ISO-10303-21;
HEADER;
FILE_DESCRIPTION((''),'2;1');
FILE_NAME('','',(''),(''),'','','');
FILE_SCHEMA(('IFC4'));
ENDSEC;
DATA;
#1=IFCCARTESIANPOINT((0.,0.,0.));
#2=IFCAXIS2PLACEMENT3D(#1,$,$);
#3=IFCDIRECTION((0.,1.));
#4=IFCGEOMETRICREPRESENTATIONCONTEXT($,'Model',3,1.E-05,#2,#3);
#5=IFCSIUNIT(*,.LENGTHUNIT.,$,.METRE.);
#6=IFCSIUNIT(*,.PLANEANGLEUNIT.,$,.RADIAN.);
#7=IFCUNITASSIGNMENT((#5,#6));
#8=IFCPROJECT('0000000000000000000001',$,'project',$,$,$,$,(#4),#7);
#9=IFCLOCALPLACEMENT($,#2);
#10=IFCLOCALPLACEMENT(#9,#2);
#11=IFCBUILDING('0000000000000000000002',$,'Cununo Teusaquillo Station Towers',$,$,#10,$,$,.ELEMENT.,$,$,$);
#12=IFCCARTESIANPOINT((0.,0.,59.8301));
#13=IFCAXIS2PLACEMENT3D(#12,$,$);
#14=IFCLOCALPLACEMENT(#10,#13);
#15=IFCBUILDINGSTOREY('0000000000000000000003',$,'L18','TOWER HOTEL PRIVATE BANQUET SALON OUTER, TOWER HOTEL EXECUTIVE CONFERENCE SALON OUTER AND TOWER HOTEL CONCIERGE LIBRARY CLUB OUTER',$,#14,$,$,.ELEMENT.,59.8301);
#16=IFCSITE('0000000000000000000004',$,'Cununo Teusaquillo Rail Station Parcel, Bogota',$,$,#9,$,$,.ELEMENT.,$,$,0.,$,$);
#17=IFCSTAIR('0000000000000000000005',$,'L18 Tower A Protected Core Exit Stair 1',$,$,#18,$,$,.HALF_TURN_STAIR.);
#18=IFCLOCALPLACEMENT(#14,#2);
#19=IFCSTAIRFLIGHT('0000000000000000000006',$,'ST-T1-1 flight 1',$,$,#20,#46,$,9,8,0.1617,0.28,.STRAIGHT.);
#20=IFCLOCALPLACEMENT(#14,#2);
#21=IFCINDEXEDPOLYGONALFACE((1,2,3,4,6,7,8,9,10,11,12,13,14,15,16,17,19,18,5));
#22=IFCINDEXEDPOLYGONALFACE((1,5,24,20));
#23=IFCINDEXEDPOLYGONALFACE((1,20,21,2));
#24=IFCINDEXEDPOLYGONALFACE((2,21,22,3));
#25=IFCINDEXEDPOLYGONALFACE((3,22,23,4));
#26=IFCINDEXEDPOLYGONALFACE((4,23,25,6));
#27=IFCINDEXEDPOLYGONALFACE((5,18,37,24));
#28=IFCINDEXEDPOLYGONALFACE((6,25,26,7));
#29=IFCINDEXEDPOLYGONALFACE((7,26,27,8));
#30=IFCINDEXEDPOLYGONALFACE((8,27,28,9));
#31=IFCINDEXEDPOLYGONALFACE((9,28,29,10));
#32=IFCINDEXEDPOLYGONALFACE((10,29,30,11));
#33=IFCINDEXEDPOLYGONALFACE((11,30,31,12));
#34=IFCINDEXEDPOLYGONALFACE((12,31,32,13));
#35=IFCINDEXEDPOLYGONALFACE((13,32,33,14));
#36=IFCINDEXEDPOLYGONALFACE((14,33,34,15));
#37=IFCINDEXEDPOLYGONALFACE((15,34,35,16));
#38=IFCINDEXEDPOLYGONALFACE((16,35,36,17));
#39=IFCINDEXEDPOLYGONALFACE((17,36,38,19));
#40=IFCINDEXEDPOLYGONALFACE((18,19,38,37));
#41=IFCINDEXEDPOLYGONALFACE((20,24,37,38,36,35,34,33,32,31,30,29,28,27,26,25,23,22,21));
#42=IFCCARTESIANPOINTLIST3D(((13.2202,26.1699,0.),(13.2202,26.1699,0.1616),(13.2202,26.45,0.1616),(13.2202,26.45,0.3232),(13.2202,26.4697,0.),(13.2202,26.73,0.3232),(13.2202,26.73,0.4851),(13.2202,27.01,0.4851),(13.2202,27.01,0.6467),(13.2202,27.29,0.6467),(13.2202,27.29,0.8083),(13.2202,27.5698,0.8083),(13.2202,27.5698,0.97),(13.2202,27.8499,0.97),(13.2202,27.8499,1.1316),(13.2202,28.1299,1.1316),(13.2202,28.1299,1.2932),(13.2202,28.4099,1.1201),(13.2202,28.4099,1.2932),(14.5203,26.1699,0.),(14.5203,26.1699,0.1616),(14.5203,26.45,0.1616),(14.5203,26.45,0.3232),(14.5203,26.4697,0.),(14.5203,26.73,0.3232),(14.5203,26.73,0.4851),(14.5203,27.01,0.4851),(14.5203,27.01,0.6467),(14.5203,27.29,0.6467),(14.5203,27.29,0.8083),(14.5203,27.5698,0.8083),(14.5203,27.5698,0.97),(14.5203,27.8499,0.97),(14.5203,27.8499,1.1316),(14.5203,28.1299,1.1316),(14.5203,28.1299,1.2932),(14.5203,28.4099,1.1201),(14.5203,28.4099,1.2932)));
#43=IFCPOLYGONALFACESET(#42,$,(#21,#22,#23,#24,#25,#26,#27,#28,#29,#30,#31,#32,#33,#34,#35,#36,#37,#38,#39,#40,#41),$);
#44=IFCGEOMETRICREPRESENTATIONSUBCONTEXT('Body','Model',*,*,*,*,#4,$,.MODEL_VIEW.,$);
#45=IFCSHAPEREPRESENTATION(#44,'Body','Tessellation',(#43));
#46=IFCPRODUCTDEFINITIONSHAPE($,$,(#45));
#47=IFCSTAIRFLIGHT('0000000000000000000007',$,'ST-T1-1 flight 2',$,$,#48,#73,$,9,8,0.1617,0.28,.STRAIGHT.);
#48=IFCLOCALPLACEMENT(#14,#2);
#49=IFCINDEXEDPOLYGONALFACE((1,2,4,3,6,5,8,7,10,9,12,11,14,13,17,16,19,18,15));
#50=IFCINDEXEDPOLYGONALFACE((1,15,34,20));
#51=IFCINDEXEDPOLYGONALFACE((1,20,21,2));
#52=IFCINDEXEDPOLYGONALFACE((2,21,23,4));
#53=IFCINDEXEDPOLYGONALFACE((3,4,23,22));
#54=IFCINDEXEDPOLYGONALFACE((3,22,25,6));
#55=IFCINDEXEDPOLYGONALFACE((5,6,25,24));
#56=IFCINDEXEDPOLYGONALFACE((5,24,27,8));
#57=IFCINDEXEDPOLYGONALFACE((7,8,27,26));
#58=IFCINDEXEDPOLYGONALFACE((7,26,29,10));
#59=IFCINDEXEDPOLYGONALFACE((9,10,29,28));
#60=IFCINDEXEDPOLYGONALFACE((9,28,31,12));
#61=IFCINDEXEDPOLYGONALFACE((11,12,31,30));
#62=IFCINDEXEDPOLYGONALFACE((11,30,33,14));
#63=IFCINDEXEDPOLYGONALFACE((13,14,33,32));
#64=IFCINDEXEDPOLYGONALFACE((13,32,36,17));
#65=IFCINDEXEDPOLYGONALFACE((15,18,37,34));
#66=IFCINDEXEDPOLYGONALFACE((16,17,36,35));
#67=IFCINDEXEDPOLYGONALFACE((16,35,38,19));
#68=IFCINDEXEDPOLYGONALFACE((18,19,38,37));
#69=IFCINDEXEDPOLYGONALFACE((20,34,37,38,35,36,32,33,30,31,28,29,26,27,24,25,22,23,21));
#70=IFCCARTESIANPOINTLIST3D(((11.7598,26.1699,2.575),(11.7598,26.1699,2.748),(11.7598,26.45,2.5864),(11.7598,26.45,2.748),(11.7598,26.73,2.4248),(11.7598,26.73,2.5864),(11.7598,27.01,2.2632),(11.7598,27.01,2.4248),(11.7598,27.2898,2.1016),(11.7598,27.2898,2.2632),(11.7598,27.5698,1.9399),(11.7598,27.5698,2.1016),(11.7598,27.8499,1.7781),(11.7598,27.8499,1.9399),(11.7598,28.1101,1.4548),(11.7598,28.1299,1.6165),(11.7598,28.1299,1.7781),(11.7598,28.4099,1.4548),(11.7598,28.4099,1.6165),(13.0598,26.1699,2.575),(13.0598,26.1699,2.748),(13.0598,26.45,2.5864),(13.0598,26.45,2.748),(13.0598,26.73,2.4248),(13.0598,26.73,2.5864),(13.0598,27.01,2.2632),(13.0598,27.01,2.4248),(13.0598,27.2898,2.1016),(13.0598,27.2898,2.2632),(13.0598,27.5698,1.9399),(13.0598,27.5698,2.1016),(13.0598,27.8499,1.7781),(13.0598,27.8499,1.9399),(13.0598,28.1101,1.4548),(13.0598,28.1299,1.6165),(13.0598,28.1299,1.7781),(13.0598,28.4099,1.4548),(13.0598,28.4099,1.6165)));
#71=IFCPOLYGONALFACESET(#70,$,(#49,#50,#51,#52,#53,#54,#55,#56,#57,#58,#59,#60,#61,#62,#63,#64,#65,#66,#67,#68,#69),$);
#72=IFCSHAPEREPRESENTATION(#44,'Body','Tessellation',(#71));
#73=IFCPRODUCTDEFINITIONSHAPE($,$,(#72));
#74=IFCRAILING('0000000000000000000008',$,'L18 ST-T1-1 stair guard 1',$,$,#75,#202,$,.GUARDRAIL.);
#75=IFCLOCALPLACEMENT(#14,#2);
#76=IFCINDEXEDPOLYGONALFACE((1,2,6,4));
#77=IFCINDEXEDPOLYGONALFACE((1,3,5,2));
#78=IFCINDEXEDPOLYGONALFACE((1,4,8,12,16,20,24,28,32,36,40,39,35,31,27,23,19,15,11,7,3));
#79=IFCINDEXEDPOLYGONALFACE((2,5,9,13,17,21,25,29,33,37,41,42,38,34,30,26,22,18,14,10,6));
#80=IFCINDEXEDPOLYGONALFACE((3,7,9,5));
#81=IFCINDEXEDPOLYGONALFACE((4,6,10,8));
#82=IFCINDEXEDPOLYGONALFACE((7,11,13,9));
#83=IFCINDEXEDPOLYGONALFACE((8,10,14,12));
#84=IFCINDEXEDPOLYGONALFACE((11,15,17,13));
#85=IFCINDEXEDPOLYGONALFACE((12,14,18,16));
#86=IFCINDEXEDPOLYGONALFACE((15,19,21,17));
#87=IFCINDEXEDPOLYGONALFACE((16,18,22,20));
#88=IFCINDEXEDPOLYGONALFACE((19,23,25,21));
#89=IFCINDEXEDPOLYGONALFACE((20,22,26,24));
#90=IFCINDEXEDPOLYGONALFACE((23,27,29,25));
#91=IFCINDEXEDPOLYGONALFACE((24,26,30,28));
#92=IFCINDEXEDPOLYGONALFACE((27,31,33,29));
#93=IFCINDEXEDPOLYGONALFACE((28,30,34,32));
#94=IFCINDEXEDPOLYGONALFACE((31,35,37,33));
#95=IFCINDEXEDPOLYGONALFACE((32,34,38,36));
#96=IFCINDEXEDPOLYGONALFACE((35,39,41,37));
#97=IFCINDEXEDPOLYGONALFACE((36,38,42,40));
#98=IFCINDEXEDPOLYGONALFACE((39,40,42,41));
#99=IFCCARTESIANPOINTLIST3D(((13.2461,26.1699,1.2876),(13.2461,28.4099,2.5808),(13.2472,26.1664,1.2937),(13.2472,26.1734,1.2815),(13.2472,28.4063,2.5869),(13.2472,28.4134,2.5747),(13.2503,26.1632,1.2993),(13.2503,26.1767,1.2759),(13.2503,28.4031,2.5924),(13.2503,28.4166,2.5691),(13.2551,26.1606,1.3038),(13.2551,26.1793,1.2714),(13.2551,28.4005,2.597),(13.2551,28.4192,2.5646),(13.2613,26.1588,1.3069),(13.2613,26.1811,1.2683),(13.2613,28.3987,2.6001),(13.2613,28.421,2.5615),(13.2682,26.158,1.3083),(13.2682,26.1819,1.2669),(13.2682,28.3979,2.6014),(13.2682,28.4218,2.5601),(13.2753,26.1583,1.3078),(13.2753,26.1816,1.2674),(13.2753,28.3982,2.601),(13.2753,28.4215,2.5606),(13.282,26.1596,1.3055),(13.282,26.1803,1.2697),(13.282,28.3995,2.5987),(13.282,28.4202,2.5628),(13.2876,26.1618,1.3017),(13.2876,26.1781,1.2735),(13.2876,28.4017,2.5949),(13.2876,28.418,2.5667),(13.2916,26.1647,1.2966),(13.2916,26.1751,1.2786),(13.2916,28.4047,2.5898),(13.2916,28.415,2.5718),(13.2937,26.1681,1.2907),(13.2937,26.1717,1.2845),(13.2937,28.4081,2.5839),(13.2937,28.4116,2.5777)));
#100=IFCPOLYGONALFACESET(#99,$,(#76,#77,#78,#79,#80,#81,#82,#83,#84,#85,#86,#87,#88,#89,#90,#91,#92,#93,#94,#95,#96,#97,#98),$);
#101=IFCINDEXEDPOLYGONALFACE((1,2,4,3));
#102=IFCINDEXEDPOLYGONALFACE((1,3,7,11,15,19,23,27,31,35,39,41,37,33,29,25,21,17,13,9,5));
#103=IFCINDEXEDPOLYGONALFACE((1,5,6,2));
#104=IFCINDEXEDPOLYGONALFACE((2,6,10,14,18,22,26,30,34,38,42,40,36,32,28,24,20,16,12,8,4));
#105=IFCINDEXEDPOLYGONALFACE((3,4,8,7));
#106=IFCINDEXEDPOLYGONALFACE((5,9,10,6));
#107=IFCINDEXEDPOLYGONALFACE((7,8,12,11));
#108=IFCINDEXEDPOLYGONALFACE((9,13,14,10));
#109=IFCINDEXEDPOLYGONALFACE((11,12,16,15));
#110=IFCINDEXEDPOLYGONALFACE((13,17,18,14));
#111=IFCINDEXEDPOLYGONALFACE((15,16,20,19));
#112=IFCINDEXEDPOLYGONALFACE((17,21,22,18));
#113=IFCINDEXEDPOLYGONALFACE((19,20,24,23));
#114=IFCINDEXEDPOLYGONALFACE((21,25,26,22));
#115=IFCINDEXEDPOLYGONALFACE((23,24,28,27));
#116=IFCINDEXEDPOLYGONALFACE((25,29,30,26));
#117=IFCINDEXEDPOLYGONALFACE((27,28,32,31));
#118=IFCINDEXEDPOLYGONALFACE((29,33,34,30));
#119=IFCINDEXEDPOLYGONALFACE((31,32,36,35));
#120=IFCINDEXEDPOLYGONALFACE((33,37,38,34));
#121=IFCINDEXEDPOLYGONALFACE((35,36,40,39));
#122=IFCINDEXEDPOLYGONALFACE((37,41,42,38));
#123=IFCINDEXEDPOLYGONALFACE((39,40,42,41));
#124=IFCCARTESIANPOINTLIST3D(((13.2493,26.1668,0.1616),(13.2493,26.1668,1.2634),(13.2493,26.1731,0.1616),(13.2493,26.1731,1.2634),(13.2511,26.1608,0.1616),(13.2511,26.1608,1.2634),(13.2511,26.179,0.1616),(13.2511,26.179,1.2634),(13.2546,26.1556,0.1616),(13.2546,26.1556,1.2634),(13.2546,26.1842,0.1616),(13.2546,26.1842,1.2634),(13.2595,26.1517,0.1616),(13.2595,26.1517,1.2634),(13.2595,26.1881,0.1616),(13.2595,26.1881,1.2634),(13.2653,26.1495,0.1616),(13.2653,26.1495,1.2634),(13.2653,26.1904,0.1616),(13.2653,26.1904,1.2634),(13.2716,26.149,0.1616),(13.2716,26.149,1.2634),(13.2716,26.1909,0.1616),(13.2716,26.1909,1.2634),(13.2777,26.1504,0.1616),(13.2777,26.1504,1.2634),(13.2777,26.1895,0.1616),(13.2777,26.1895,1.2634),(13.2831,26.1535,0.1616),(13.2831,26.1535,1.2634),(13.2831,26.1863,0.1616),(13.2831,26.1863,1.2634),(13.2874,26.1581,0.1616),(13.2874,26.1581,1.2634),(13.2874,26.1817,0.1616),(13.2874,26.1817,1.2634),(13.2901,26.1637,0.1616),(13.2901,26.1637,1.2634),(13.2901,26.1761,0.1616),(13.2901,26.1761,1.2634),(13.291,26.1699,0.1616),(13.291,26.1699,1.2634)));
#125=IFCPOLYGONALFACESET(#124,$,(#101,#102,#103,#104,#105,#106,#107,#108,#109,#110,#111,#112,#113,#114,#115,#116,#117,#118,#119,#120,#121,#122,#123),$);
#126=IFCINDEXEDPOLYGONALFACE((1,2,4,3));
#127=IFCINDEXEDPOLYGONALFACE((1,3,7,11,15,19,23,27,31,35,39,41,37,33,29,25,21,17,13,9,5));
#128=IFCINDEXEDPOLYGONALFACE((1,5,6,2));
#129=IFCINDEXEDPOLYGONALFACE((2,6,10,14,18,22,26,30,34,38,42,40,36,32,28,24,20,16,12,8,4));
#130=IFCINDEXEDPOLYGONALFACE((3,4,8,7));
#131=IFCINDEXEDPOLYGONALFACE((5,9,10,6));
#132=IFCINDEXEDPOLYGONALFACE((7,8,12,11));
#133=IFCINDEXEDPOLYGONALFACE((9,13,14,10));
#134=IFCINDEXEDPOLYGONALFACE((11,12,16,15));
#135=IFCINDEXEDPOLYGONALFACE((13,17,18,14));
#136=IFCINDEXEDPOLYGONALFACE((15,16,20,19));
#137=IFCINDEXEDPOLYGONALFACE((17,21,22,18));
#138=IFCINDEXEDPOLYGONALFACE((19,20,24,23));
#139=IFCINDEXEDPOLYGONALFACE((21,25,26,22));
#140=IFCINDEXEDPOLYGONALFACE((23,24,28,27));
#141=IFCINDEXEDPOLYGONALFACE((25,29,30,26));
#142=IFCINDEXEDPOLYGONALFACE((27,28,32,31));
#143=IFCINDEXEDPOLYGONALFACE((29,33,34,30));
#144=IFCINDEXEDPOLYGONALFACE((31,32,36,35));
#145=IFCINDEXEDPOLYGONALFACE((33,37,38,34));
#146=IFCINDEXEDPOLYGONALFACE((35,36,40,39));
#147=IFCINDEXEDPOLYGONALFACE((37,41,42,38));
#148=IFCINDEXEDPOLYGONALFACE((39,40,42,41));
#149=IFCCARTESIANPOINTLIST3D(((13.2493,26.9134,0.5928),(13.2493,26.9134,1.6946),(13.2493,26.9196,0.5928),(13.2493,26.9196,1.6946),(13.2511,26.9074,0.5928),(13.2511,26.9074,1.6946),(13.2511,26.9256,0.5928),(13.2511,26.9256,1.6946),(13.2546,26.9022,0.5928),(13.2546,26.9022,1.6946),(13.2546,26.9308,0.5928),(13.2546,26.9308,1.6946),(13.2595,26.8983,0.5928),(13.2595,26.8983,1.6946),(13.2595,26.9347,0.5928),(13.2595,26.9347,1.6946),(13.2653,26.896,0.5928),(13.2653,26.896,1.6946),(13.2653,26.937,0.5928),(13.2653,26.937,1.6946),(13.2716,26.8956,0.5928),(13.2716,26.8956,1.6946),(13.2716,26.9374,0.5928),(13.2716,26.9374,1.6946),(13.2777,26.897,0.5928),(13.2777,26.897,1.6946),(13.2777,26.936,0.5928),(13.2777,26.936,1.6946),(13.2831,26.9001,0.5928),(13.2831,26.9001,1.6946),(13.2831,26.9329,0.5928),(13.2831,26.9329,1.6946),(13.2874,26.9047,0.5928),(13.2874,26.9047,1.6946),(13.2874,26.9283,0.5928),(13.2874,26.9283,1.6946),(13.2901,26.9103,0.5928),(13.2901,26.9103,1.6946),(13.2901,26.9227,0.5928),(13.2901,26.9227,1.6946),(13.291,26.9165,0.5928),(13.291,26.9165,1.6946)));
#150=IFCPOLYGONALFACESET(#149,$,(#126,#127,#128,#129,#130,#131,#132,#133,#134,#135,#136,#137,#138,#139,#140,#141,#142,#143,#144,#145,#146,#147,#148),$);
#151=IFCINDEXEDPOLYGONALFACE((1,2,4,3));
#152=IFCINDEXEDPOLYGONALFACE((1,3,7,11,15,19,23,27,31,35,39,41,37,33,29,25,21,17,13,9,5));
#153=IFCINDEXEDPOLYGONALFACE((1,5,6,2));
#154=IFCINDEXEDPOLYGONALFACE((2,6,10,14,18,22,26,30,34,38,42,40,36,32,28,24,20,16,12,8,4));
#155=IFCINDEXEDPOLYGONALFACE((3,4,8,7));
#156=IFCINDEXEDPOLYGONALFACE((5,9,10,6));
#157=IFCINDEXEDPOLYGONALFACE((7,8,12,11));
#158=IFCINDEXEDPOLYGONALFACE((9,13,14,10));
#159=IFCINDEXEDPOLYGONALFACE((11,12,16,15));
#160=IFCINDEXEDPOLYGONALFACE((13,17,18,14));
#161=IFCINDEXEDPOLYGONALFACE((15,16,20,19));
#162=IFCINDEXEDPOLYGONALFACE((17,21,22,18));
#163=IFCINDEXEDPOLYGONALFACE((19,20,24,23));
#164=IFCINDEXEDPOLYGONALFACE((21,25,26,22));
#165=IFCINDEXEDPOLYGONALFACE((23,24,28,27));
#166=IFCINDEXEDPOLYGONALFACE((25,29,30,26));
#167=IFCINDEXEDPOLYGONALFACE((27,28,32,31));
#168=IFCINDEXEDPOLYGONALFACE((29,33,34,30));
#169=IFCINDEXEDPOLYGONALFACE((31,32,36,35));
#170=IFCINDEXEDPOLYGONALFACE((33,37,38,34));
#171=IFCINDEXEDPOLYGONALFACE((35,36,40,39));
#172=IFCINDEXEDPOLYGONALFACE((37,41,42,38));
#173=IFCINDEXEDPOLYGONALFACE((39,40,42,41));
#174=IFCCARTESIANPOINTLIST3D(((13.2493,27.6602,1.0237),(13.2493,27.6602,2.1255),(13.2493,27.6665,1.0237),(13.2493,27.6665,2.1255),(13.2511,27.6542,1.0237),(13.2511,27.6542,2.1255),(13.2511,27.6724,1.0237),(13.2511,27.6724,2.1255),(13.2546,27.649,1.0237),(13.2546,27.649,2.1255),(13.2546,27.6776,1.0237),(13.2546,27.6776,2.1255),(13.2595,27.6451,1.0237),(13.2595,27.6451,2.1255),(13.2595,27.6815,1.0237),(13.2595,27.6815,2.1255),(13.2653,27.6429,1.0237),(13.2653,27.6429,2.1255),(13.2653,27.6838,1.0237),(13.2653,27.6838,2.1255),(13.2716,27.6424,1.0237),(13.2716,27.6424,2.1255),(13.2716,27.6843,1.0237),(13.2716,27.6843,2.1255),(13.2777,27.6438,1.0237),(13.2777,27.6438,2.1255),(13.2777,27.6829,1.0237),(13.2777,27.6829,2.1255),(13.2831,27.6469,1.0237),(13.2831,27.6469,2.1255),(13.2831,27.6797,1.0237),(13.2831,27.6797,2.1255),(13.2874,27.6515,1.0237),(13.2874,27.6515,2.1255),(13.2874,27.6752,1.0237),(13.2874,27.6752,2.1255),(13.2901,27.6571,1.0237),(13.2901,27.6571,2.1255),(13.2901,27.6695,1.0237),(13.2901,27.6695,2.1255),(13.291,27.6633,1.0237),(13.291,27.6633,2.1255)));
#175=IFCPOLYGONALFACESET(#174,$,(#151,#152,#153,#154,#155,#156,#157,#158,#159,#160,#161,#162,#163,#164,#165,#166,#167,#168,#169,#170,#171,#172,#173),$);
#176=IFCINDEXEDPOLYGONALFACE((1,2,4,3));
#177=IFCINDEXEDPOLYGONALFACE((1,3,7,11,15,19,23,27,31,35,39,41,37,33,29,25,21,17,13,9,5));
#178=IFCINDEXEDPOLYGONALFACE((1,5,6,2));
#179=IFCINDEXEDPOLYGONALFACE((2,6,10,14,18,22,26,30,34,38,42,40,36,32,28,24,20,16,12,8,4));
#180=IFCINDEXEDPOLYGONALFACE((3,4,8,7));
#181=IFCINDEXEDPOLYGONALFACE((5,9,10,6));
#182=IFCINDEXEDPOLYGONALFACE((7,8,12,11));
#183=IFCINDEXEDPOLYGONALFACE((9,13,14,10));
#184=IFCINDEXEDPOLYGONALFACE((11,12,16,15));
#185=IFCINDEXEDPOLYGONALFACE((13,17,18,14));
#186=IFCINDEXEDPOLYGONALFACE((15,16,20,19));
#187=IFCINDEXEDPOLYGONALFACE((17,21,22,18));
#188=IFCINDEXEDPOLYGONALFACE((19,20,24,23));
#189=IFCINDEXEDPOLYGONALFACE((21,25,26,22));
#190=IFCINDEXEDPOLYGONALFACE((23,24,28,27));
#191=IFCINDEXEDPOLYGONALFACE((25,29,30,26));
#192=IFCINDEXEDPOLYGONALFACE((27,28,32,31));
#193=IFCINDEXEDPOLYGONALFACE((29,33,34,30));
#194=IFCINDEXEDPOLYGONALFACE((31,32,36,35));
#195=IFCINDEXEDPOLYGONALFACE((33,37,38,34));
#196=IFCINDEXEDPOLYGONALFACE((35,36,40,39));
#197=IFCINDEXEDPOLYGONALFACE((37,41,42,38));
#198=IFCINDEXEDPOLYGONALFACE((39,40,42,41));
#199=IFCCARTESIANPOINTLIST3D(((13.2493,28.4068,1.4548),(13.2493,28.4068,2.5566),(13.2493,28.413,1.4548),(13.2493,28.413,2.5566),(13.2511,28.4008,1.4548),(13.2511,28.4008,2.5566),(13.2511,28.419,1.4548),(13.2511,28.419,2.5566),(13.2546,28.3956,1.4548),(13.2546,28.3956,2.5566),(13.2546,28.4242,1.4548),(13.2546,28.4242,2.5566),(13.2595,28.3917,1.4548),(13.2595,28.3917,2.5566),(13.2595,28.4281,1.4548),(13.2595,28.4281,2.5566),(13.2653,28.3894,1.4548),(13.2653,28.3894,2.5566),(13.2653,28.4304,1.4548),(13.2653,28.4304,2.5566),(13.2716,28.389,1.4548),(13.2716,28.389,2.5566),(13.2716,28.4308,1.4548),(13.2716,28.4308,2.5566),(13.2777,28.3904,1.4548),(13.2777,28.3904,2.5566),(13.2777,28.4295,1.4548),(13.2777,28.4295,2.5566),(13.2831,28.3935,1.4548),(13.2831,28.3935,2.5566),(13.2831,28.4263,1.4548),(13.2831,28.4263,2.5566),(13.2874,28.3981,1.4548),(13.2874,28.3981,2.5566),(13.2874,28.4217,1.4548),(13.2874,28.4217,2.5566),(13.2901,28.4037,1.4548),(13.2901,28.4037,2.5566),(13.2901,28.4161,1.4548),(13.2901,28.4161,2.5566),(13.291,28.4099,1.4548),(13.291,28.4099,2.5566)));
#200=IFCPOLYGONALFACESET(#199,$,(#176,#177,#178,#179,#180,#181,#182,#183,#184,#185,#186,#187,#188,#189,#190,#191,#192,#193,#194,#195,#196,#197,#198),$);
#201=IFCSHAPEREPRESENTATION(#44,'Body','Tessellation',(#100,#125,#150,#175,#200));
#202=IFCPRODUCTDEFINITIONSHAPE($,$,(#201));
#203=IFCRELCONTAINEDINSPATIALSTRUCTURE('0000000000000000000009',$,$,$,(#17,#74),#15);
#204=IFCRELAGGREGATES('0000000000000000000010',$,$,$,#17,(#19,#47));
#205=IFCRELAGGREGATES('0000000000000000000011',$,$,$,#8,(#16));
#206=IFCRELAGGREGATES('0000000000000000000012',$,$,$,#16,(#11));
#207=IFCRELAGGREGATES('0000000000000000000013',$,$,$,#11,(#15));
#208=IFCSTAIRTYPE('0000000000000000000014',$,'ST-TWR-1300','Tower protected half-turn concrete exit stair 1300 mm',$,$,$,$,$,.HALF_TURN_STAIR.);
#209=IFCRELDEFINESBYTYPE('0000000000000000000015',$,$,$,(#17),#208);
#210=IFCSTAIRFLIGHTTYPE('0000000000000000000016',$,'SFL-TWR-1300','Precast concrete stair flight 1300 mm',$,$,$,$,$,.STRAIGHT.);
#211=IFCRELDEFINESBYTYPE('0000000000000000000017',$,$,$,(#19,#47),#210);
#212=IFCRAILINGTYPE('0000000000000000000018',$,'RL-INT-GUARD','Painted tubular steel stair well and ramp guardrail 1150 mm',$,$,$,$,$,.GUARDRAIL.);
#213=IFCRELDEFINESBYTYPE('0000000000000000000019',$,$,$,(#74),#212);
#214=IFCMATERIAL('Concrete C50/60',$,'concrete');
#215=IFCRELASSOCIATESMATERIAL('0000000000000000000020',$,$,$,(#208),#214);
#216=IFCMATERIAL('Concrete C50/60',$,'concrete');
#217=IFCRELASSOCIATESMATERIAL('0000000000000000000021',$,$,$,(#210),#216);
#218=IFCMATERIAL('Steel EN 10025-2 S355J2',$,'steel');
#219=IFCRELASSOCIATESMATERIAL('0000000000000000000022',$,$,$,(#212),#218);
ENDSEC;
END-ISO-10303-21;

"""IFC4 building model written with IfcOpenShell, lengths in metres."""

from ifc_helpers import new_model, si_unit, direction, frame, origin, origin_2d, place, context, subcontext, project, spatial, polyline, circle, outline, extrude, material, type_object, element, aggregate, save


model = new_model("IFC4")

# Units and contexts
model_context = context("Model", 3, precision=1e-05, world=origin(), true_north=direction((0.0, 1.0)))
body_context = subcontext(model_context, "Body", "Model", "MODEL_VIEW")
ifc_project = project(units=[si_unit("LENGTHUNIT", "METRE"), si_unit("PLANEANGLEUNIT", "RADIAN")], contexts=[model_context])

# Site, building, storey
site_placement = place(None, origin())
site = spatial("IfcSite", under=ifc_project, at=site_placement, Name="Cununo Teusaquillo Rail Station Parcel, Bogota", CompositionType="ELEMENT", RefElevation=0.0)
building_placement = place(site_placement, origin())
building = spatial("IfcBuilding", under=site, at=building_placement, Name="Cununo Teusaquillo Station Towers", CompositionType="ELEMENT")
storey_placement = place(building_placement, frame((0.0, 0.0, 59.8301)))
storey = spatial("IfcBuildingStorey", under=building, at=storey_placement, Name="L18", Description="TOWER HOTEL PRIVATE BANQUET SALON OUTER, TOWER HOTEL EXECUTIVE CONFERENCE SALON OUTER AND TOWER HOTEL CONCIERGE LIBRARY CLUB OUTER", CompositionType="ELEMENT", Elevation=59.8301)

# Stair, stair flights
ifc_material_1 = material(Name="Concrete C50/60", Category="concrete")
stair_type = type_object("IfcStairType", Name="ST-TWR-1300", Description="Tower protected half-turn concrete exit stair 1300 mm", PredefinedType="HALF_TURN_STAIR", material=ifc_material_1)
stair_placement = place(storey_placement, origin())
stair = element("IfcStair", 1, at=stair_placement, inside=storey, type_object=stair_type, Name="L18 Tower A Protected Core Exit Stair 1", PredefinedType="HALF_TURN_STAIR")
ifc_material_2 = material(Name="Concrete C50/60", Category="concrete")
stair_flight_type = type_object("IfcStairFlightType", Name="SFL-TWR-1300", Description="Precast concrete stair flight 1300 mm", PredefinedType="STRAIGHT", material=ifc_material_2)
stair_flight_1_placement = place(storey_placement, frame((13.8701, 26.1699, 0.0), z_axis=(0.0, 0.0, 1.0), x_axis=(0.0, 1.0, 0.0)))
stair_flight_1 = element("IfcStairFlight", 2, at=stair_flight_1_placement, type_object=stair_flight_type, Name="ST-T1-1 flight 1", NumberOfRisers=9, NumberOfTreads=8, PredefinedType="STRAIGHT", RiserHeight=0.1617, TreadLength=0.28, context=body_context, shape_type="SweptSolid", body=[
    extrude(outline(polyline([(0.0, 0.0), (0.0, 0.1616), (0.28, 0.1616), (0.28, 0.3232), (0.5601, 0.3232), (0.5601, 0.4851), (0.8401, 0.4851), (0.8401, 0.6467), (1.1201, 0.6467), (1.1201, 0.8083), (1.3999, 0.8083), (1.3999, 0.97), (1.6799, 0.97), (1.6799, 1.1316), (1.96, 1.1316), (1.96, 1.2932), (2.24, 1.2932), (2.24, 1.4551), (2.24, 1.1201), (0.2998, 0.0), (0.0, 0.0)])), frame((0.0, 0.6499, 0.0), z_axis=(0.0, -1.0, 0.0), x_axis=(1.0, 0.0, 0.0)), (0.0, 0.0, 1.0), 1.3),
])
stair_flight_2_placement = place(storey_placement, frame((12.4099, 28.4099, 1.4548), z_axis=(0.0, 0.0, 1.0), x_axis=(0.0, -1.0, 0.0)))
stair_flight_2 = element("IfcStairFlight", 3, at=stair_flight_2_placement, type_object=stair_flight_type, Name="ST-T1-1 flight 2", NumberOfRisers=9, NumberOfTreads=8, PredefinedType="STRAIGHT", RiserHeight=0.1617, TreadLength=0.28, context=body_context, shape_type="SweptSolid", body=[
    extrude(outline(polyline([(0.0, 0.0), (0.0, 0.1616), (0.28, 0.1616), (0.28, 0.3232), (0.5601, 0.3232), (0.5601, 0.4851), (0.8401, 0.4851), (0.8401, 0.6467), (1.1201, 0.6467), (1.1201, 0.8083), (1.3999, 0.8083), (1.3999, 0.97), (1.6799, 0.97), (1.6799, 1.1316), (1.96, 1.1316), (1.96, 1.2932), (2.24, 1.2932), (2.24, 1.4551), (2.24, 1.1201), (0.2998, 0.0), (0.0, 0.0)])), frame((0.0, 0.6499, 0.0), z_axis=(0.0, -1.0, 0.0), x_axis=(1.0, 0.0, 0.0)), (0.0, 0.0, 1.0), 1.3),
])
aggregate(stair, [stair_flight_1, stair_flight_2])

# Railing
ifc_material_3 = material(Name="Steel EN 10025-2 S355J2", Category="steel")
railing_type_1 = type_object("IfcRailingType", Name="RL-INT-GUARD", Description="Painted tubular steel stair well and ramp guardrail 1150 mm", PredefinedType="GUARDRAIL", material=ifc_material_3)
railing_1_placement = place(storey_placement, frame((13.27, 26.1699, 0.1616)))
element("IfcRailing", 4, at=railing_1_placement, inside=storey, type_object=railing_type_1, Name="L18 ST-T1-1 stair guard 1", PredefinedType="GUARDRAIL", context=body_context, shape_type="SweptSolid", body=[
    extrude(circle(Radius=0.0239, at=origin_2d()), frame((0.0, 0.0, 1.126), z_axis=(0.0, 0.866033, 0.499987), x_axis=(-1.0, 0.0, 0.0)), (0.0, 0.0, 1.0), 2.5864),
    extrude(circle(Radius=0.021, at=origin_2d()), origin(), (0.0, 0.0, 1.0), 1.1018),
    extrude(circle(Radius=0.021, at=origin_2d()), frame((0.0, 0.7466, 0.4312)), (0.0, 0.0, 1.0), 1.1018),
    extrude(circle(Radius=0.021, at=origin_2d()), frame((0.0, 1.4934, 0.8621)), (0.0, 0.0, 1.0), 1.1018),
    extrude(circle(Radius=0.021, at=origin_2d()), frame((0.0, 2.24, 1.2932)), (0.0, 0.0, 1.0), 1.1018),
])

save(model, "model.ifc")
